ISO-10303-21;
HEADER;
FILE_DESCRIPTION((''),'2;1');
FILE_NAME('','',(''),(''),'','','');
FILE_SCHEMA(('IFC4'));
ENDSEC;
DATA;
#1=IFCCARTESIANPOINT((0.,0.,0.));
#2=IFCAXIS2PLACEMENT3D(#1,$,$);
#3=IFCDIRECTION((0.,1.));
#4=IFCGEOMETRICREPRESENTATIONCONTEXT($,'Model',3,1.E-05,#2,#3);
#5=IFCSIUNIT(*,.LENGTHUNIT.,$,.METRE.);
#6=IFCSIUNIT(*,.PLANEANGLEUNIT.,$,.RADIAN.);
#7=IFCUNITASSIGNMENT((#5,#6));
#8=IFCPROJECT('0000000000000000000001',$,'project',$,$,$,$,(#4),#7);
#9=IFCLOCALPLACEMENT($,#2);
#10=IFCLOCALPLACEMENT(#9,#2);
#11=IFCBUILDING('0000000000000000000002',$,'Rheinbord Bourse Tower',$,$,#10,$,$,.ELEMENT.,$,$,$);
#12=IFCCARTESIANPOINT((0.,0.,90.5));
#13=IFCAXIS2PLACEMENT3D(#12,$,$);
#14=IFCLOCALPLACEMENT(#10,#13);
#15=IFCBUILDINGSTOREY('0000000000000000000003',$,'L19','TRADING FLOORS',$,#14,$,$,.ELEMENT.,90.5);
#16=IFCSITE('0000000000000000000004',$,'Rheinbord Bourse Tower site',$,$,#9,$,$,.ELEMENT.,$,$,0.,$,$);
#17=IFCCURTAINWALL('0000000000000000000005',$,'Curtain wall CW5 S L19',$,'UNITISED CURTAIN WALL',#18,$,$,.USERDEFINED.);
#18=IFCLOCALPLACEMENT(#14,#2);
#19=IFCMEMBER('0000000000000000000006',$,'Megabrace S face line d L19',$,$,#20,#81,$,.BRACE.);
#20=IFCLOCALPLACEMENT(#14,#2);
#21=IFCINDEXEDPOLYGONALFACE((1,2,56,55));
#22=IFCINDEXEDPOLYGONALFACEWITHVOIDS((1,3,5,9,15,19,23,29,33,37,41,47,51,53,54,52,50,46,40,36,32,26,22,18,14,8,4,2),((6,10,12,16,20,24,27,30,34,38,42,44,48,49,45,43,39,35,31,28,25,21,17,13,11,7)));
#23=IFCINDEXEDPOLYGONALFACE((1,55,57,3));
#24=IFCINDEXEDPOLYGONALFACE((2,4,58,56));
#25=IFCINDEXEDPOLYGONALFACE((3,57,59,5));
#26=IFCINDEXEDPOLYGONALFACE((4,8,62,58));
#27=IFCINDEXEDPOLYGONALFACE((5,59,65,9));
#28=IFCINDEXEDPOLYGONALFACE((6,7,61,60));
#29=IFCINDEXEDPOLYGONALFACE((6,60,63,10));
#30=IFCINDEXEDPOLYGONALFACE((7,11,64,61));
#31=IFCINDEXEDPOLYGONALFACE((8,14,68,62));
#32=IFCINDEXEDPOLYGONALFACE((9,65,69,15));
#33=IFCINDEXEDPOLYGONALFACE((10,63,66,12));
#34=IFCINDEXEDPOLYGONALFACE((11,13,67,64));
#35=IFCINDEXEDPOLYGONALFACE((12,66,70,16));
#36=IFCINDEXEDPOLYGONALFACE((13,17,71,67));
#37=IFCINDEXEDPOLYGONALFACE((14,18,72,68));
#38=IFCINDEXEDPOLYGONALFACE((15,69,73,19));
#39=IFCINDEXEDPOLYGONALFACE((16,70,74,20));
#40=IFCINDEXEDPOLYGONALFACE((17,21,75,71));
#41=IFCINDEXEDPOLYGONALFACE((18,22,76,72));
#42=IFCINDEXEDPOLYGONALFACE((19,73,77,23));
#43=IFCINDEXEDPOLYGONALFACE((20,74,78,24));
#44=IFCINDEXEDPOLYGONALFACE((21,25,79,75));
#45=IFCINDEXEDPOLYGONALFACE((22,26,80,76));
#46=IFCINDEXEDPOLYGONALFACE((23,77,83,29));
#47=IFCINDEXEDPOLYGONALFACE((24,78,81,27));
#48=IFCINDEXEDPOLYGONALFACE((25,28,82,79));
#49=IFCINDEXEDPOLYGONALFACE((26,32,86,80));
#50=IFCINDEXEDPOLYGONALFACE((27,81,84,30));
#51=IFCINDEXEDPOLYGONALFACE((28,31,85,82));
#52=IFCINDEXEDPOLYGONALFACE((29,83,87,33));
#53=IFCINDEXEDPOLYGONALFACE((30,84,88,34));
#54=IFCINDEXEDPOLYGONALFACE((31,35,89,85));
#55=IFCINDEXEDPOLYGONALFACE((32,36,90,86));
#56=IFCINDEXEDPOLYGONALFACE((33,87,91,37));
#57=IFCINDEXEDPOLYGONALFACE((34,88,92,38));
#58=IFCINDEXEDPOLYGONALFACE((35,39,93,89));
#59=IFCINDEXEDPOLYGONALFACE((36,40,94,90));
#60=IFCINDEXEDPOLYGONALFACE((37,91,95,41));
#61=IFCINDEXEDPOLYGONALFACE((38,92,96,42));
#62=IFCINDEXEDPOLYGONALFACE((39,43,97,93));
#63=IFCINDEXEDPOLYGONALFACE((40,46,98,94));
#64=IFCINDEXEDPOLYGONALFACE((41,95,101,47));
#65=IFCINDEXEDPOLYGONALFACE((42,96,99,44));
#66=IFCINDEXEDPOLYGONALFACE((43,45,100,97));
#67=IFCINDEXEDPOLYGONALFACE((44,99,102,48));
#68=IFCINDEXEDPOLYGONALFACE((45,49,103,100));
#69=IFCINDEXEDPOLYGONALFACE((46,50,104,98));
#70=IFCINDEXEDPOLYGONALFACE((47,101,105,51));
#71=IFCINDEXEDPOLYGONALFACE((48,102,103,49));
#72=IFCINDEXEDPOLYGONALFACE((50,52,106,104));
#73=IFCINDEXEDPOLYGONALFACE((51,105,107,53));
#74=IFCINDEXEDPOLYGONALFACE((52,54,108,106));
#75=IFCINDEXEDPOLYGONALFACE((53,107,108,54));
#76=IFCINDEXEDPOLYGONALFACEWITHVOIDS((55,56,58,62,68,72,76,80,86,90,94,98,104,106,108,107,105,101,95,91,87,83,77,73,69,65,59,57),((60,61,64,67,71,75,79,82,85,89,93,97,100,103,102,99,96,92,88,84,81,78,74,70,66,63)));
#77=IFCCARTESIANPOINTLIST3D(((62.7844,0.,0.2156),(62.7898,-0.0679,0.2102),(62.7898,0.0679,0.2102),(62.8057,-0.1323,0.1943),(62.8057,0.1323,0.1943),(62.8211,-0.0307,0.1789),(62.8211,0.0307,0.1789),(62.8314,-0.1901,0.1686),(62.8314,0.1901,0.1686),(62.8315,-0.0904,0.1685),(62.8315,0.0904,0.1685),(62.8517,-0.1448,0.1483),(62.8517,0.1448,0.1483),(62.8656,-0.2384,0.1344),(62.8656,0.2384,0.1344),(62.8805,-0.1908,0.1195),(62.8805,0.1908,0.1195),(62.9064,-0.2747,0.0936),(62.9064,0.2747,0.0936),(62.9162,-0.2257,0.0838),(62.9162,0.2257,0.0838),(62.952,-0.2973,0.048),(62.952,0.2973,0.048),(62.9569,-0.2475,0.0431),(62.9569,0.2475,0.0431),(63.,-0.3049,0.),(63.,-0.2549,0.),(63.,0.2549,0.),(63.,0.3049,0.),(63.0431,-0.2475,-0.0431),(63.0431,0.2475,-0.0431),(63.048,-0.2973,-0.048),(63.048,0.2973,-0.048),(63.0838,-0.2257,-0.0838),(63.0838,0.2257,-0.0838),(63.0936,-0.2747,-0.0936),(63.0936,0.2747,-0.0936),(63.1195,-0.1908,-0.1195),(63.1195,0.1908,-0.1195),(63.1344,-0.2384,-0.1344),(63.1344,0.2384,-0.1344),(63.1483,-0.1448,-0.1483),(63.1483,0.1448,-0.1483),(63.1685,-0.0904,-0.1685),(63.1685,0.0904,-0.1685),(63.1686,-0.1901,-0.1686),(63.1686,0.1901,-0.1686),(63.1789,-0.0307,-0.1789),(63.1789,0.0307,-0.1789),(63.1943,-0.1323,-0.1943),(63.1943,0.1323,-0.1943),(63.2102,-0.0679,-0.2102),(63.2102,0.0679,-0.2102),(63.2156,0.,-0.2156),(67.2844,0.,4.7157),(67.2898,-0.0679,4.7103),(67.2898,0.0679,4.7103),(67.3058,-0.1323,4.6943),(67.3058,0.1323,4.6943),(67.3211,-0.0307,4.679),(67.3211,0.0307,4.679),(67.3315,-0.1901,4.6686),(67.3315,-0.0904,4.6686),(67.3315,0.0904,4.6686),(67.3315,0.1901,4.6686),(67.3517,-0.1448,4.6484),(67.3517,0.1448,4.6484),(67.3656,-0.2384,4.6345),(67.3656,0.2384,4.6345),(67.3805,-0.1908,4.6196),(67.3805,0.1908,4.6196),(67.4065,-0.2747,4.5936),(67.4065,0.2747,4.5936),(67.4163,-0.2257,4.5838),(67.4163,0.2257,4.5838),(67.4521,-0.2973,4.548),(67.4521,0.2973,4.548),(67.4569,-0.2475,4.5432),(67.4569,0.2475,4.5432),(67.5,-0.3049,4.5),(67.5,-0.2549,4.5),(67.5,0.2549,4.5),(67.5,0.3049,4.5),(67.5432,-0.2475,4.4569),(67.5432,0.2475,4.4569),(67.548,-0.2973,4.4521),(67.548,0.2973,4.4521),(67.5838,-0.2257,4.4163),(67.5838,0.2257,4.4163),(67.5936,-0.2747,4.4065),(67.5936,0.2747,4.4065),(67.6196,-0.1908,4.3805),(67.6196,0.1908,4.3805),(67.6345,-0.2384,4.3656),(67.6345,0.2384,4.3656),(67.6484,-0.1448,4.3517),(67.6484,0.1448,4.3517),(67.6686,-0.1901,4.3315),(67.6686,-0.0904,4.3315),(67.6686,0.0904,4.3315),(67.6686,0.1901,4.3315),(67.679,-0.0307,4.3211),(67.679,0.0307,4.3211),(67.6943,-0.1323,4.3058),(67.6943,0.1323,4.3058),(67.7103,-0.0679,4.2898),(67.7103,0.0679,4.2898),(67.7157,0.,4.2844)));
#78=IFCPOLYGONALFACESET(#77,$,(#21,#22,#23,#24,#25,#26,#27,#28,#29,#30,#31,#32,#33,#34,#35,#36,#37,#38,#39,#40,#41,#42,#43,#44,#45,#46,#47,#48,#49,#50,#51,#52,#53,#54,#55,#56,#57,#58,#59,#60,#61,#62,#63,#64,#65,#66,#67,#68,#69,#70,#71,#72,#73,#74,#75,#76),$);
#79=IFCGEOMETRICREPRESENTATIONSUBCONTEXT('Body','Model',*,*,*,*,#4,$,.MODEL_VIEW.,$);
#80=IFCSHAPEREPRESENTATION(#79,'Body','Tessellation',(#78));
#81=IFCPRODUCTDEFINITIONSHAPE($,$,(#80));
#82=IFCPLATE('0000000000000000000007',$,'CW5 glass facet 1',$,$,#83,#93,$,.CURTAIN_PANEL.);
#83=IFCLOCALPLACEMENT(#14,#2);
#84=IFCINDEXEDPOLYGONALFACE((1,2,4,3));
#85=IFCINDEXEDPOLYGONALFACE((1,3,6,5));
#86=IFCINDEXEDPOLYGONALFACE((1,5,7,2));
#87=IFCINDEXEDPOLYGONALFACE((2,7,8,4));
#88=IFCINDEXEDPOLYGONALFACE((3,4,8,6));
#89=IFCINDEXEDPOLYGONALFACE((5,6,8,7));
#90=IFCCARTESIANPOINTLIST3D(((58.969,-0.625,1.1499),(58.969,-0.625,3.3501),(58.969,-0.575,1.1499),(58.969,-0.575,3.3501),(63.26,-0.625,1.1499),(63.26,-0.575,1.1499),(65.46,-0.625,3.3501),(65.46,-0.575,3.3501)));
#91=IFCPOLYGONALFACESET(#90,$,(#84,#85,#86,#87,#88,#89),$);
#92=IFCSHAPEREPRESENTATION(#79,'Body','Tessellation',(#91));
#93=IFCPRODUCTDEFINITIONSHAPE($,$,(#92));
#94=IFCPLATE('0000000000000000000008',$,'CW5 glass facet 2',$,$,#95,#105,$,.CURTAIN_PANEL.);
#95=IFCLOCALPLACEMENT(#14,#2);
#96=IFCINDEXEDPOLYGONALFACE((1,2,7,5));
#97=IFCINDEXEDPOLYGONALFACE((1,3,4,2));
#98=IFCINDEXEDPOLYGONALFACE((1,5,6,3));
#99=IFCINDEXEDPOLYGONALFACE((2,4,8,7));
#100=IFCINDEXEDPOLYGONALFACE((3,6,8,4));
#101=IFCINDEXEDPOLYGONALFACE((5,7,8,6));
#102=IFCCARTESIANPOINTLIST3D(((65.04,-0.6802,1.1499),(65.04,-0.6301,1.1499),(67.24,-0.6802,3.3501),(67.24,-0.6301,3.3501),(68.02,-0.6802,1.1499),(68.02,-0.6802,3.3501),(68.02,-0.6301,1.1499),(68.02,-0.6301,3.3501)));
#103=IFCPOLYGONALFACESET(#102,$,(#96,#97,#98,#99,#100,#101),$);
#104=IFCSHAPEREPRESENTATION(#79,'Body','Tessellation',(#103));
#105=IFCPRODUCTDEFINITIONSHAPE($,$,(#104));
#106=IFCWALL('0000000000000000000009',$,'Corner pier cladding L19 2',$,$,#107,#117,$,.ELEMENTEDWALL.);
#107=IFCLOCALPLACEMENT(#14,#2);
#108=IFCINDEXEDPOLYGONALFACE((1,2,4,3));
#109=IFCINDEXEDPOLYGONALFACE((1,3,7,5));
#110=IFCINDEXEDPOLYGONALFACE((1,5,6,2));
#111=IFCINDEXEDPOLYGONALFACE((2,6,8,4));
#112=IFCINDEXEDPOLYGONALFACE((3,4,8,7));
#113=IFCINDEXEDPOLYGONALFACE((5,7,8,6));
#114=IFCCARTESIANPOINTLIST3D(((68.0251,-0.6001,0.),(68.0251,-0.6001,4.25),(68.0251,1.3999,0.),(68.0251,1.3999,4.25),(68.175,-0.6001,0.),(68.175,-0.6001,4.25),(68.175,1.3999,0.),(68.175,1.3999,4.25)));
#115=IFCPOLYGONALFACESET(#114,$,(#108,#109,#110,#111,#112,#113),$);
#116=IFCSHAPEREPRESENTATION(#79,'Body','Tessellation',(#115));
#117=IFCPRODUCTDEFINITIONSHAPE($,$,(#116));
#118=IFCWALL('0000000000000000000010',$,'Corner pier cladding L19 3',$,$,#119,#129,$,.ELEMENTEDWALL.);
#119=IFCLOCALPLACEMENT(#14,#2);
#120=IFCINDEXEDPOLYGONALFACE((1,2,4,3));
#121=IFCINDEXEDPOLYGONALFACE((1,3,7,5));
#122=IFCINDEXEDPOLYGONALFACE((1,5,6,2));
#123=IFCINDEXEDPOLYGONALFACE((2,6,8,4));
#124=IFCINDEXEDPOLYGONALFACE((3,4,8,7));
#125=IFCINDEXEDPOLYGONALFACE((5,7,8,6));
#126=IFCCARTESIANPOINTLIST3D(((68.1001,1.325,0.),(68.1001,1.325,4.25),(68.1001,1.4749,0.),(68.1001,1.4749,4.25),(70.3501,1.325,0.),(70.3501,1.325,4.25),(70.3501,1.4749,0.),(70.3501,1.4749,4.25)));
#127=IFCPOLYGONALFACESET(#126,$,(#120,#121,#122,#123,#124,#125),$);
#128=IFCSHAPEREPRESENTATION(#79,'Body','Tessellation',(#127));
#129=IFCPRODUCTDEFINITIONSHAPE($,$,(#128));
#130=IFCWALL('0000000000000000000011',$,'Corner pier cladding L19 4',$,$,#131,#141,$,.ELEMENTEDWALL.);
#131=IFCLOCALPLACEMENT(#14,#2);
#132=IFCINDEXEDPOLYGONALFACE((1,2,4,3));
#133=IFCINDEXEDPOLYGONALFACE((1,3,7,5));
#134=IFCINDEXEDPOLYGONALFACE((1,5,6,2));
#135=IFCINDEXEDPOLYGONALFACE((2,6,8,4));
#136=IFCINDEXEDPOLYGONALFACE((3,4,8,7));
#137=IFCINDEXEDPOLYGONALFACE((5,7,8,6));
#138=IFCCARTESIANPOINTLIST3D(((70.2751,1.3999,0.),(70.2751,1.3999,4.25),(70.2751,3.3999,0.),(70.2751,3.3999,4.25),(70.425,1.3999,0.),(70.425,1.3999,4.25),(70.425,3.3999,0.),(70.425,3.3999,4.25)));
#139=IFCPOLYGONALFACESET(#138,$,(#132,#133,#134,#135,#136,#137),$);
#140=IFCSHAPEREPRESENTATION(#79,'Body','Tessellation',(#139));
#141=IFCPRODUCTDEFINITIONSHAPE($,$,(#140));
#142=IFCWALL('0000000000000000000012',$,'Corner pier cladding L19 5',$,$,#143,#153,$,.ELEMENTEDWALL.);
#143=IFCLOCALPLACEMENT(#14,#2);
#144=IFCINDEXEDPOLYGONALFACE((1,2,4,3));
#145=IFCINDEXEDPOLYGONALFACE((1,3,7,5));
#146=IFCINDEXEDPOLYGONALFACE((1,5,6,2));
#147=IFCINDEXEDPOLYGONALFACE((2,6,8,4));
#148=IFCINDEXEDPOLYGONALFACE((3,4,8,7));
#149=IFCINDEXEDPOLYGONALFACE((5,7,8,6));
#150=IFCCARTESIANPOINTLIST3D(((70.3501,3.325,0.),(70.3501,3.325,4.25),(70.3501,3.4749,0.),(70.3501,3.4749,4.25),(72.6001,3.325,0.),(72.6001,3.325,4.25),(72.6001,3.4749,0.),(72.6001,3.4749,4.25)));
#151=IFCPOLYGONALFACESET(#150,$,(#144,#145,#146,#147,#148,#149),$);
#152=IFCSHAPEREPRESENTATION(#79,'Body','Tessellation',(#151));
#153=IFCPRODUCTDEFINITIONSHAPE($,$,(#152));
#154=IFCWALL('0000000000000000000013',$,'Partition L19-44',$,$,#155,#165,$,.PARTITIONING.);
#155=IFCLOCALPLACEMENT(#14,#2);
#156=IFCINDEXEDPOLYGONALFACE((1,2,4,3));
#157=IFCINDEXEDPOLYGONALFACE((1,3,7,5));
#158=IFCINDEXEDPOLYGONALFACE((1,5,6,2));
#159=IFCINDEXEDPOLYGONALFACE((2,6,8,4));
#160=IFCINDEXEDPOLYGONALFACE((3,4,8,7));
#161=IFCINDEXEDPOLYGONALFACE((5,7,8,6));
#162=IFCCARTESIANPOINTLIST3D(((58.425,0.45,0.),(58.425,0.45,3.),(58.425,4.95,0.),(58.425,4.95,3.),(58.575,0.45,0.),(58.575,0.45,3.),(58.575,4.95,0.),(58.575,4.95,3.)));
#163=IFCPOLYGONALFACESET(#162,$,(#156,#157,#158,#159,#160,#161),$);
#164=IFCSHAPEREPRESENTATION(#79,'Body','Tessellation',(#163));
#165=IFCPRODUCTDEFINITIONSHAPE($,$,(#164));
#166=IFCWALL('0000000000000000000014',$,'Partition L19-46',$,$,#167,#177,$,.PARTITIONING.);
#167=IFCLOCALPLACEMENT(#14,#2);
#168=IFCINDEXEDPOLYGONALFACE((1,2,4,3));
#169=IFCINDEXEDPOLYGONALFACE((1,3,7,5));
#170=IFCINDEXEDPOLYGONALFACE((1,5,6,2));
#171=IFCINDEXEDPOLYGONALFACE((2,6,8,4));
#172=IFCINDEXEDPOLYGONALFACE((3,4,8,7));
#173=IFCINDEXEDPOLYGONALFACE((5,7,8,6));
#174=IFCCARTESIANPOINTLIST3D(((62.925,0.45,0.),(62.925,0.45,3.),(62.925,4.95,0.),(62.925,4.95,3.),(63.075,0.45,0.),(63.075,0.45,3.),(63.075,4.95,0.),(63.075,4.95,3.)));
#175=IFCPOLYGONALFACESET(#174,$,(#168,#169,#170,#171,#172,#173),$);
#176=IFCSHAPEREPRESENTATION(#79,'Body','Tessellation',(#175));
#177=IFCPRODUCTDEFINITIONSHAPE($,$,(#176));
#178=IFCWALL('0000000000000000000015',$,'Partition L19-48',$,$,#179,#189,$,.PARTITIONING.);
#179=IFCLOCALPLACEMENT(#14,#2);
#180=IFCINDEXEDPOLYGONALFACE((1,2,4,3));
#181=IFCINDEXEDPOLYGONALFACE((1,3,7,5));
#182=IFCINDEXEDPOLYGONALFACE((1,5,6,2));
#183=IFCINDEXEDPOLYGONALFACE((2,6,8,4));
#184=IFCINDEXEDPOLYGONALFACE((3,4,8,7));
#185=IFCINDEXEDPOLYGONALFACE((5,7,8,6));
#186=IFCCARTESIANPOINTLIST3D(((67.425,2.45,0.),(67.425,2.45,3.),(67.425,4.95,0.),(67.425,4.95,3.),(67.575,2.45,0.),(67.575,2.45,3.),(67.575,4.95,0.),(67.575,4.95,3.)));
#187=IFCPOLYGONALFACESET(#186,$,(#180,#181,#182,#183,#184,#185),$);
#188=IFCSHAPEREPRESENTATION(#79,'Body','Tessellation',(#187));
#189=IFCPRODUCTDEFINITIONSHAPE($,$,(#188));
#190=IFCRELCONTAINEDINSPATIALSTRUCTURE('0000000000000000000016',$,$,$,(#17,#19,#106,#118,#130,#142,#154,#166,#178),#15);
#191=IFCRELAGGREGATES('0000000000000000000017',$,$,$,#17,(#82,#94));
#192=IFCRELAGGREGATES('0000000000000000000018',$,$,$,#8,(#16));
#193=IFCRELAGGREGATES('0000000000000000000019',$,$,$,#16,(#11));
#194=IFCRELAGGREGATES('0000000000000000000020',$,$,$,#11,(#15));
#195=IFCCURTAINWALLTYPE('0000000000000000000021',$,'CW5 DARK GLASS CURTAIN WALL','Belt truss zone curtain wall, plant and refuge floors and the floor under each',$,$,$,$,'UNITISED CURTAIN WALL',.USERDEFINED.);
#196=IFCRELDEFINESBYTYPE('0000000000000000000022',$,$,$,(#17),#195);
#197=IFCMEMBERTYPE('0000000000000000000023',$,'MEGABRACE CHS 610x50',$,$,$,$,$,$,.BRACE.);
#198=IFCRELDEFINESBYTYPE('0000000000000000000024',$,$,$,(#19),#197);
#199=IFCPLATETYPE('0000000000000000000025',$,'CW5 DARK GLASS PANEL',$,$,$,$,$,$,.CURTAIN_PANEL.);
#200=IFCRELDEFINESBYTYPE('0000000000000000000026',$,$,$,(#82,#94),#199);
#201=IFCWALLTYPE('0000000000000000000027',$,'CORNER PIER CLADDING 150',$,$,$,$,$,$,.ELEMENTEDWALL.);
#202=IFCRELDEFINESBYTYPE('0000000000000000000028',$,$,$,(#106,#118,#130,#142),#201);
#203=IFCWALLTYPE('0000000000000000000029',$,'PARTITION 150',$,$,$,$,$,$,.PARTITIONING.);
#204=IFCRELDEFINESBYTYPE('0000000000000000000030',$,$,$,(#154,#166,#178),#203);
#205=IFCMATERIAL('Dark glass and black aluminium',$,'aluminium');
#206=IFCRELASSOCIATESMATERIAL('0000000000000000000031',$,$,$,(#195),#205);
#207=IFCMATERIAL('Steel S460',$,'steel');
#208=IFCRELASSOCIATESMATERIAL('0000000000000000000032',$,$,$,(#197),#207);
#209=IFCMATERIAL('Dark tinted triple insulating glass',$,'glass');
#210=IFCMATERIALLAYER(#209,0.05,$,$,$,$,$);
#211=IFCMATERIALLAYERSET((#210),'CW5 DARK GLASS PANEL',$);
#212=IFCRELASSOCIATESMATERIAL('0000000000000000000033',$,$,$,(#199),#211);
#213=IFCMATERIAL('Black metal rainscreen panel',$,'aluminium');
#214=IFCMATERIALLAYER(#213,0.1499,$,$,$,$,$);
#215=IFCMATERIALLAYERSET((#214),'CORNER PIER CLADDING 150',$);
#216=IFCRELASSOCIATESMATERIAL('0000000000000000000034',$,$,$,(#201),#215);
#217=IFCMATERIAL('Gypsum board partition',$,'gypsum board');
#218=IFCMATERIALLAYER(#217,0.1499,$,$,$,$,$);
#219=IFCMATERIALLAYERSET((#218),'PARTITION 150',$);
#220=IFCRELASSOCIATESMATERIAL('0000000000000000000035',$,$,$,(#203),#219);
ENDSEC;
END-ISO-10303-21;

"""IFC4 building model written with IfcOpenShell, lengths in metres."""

from ifc_helpers import new_model, si_unit, direction, frame, frame_2d, origin, origin_2d, place, context, subcontext, project, spatial, polyline, rectangle, hollow_circle, outline, extrude, material, layer, layer_set, material_profile, profile_set, type_object, element, aggregate, save


model = new_model("IFC4")

# Units and contexts
model_context = context("Model", 3, precision=1e-05, world=origin(), true_north=direction((0.0, 1.0)))
body_context = subcontext(model_context, "Body", "Model", "MODEL_VIEW")
ifc_project = project(units=[si_unit("LENGTHUNIT", "METRE"), si_unit("PLANEANGLEUNIT", "RADIAN")], contexts=[model_context])

# Site, building, storey
site_placement = place(None, origin())
site = spatial("IfcSite", under=ifc_project, at=site_placement, Name="Rheinbord Bourse Tower site", CompositionType="ELEMENT", RefElevation=0.0)
building_placement = place(site_placement, origin())
building = spatial("IfcBuilding", under=site, at=building_placement, Name="Rheinbord Bourse Tower", CompositionType="ELEMENT")
storey_placement = place(building_placement, frame((0.0, 0.0, 90.5)))
storey = spatial("IfcBuildingStorey", under=building, at=storey_placement, Name="L19", Description="TRADING FLOORS", CompositionType="ELEMENT", Elevation=90.5)

# Curtain wall
ifc_material_1 = material(Name="Dark glass and black aluminium", Category="aluminium")
curtain_wall_type = type_object("IfcCurtainWallType", Name="CW5 DARK GLASS CURTAIN WALL", Description="Belt truss zone curtain wall, plant and refuge floors and the floor under each", ElementType="UNITISED CURTAIN WALL", PredefinedType="USERDEFINED", material=ifc_material_1)
curtain_wall_1_placement = place(storey_placement, origin())
curtain_wall_1 = element("IfcCurtainWall", 1, at=curtain_wall_1_placement, inside=storey, type_object=curtain_wall_type, Name="Curtain wall CW5 S L19", ObjectType="UNITISED CURTAIN WALL", PredefinedType="USERDEFINED")

# Member
ifc_material_2 = material(Name="Steel S460", Category="steel")
ifc_material_profile_1 = material_profile(ifc_material_2, hollow_circle(Radius=0.3049, WallThickness=0.05, at=origin_2d()), Name="CHS 610x50")
ifc_profile_set_1 = profile_set([ifc_material_profile_1], Name="Steel S460")
member_type_1 = type_object("IfcMemberType", Name="MEGABRACE CHS 610x50", PredefinedType="BRACE", material=ifc_profile_set_1)
member_1_placement = place(storey_placement, frame((63.0, 0.0, 0.0), z_axis=(0.707107, 0.0, 0.707107), x_axis=(0.0, 1.0, 0.0)))
element("IfcMember", 2, at=member_1_placement, inside=storey, type_object=member_type_1, Name="Megabrace S face line d L19", PredefinedType="BRACE", context=body_context, shape_type="SweptSolid", body=[
    extrude(hollow_circle(Radius=0.3049, WallThickness=0.05, at=origin_2d()), origin(), (0.0, 0.0, 1.0), 6.364),
])

# Plates
ifc_material_3 = material(Name="Dark tinted triple insulating glass", Category="glass")
ifc_layer_1 = layer(ifc_material_3, 0.05)
ifc_layer_set_1 = layer_set([ifc_layer_1], Name="CW5 DARK GLASS PANEL")
plate_type = type_object("IfcPlateType", Name="CW5 DARK GLASS PANEL", PredefinedType="CURTAIN_PANEL", material=ifc_layer_set_1)
plate_1_placement = place(storey_placement, frame((58.969, -0.625, 1.1499), z_axis=(0.0, 1.0, 0.0), x_axis=(0.0, 0.0, 1.0)))
plate_1 = element("IfcPlate", 3, at=plate_1_placement, type_object=plate_type, Name="CW5 glass facet 1", PredefinedType="CURTAIN_PANEL", context=body_context, shape_type="SweptSolid", body=[
    extrude(outline(polyline([(0.0, 0.0), (2.2002, 0.0), (2.2002, 6.491), (0.0, 4.291), (0.0, 0.0)])), origin(), (0.0, 0.0, 1.0), 0.05),
])
plate_2_placement = place(storey_placement, frame((68.02, -0.6802, 3.3501), z_axis=(0.0, 1.0, 0.0), x_axis=(0.0, 0.0, -1.0)))
plate_2 = element("IfcPlate", 4, at=plate_2_placement, type_object=plate_type, Name="CW5 glass facet 2", PredefinedType="CURTAIN_PANEL", context=body_context, shape_type="SweptSolid", body=[
    extrude(outline(polyline([(0.0, 0.0), (2.2002, 0.0), (2.2002, 2.98), (0.0, 0.78), (0.0, 0.0)])), origin(), (0.0, 0.0, 1.0), 0.05),
])
aggregate(curtain_wall_1, [plate_1, plate_2])

# Walls
ifc_material_4 = material(Name="Black metal rainscreen panel", Category="aluminium")
ifc_layer_2 = layer(ifc_material_4, 0.1499)
ifc_layer_set_2 = layer_set([ifc_layer_2], Name="CORNER PIER CLADDING 150")
wall_type_1 = type_object("IfcWallType", Name="CORNER PIER CLADDING 150", PredefinedType="ELEMENTEDWALL", material=ifc_layer_set_2)
wall_1_placement = place(storey_placement, frame((68.1001, -0.6001, 0.0), z_axis=(0.0, 0.0, 1.0), x_axis=(0.0, 1.0, 0.0)))
element("IfcWall", 5, at=wall_1_placement, inside=storey, type_object=wall_type_1, Name="Corner pier cladding L19 2", PredefinedType="ELEMENTEDWALL", context=body_context, shape_type="SweptSolid", body=[
    extrude(rectangle(XDim=2.0, YDim=0.1499, at=frame_2d((1.0, 0.0))), origin(), (0.0, 0.0, 1.0), 4.25),
])
wall_2_placement = place(storey_placement, frame((68.1001, 1.3999, 0.0), z_axis=(0.0, 0.0, 1.0), x_axis=(1.0, 0.0, 0.0)))
element("IfcWall", 6, at=wall_2_placement, inside=storey, type_object=wall_type_1, Name="Corner pier cladding L19 3", PredefinedType="ELEMENTEDWALL", context=body_context, shape_type="SweptSolid", body=[
    extrude(rectangle(XDim=2.25, YDim=0.1499, at=frame_2d((1.125, 0.0))), origin(), (0.0, 0.0, 1.0), 4.25),
])
wall_3_placement = place(storey_placement, frame((70.3501, 1.3999, 0.0), z_axis=(0.0, 0.0, 1.0), x_axis=(0.0, 1.0, 0.0)))
element("IfcWall", 7, at=wall_3_placement, inside=storey, type_object=wall_type_1, Name="Corner pier cladding L19 4", PredefinedType="ELEMENTEDWALL", context=body_context, shape_type="SweptSolid", body=[
    extrude(rectangle(XDim=2.0, YDim=0.1499, at=frame_2d((1.0, 0.0))), origin(), (0.0, 0.0, 1.0), 4.25),
])
wall_4_placement = place(storey_placement, frame((70.3501, 3.3999, 0.0), z_axis=(0.0, 0.0, 1.0), x_axis=(1.0, 0.0, 0.0)))
element("IfcWall", 8, at=wall_4_placement, inside=storey, type_object=wall_type_1, Name="Corner pier cladding L19 5", PredefinedType="ELEMENTEDWALL", context=body_context, shape_type="SweptSolid", body=[
    extrude(rectangle(XDim=2.25, YDim=0.1499, at=frame_2d((1.125, 0.0))), origin(), (0.0, 0.0, 1.0), 4.25),
])
ifc_material_5 = material(Name="Gypsum board partition", Category="gypsum board")
ifc_layer_3 = layer(ifc_material_5, 0.1499)
ifc_layer_set_3 = layer_set([ifc_layer_3], Name="PARTITION 150")
wall_type_2 = type_object("IfcWallType", Name="PARTITION 150", PredefinedType="PARTITIONING", material=ifc_layer_set_3)
for number, where, z_axis, x_axis, name in (
    (9, (58.5, 0.45, 0.0), (0.0, 0.0, 1.0), (0.0, 1.0, 0.0), "Partition L19-44"),
    (10, (63.0, 0.45, 0.0), (0.0, 0.0, 1.0), (0.0, 1.0, 0.0), "Partition L19-46"),
):
    element("IfcWall", number, at=place(storey_placement, frame(where, z_axis=z_axis, x_axis=x_axis)), inside=storey, type_object=wall_type_2, Name=name, PredefinedType="PARTITIONING", context=body_context, shape_type="SweptSolid", body=[
        extrude(rectangle(XDim=4.5, YDim=0.1499, at=frame_2d((2.25, 0.0))), origin(), (0.0, 0.0, 1.0), 3.0),
    ])
wall_5_placement = place(storey_placement, frame((67.5, 2.45, 0.0), z_axis=(0.0, 0.0, 1.0), x_axis=(0.0, 1.0, 0.0)))
element("IfcWall", 11, at=wall_5_placement, inside=storey, type_object=wall_type_2, Name="Partition L19-48", PredefinedType="PARTITIONING", context=body_context, shape_type="SweptSolid", body=[
    extrude(rectangle(XDim=2.5, YDim=0.1499, at=frame_2d((1.25, 0.0))), origin(), (0.0, 0.0, 1.0), 3.0),
])

save(model, "model.ifc")
